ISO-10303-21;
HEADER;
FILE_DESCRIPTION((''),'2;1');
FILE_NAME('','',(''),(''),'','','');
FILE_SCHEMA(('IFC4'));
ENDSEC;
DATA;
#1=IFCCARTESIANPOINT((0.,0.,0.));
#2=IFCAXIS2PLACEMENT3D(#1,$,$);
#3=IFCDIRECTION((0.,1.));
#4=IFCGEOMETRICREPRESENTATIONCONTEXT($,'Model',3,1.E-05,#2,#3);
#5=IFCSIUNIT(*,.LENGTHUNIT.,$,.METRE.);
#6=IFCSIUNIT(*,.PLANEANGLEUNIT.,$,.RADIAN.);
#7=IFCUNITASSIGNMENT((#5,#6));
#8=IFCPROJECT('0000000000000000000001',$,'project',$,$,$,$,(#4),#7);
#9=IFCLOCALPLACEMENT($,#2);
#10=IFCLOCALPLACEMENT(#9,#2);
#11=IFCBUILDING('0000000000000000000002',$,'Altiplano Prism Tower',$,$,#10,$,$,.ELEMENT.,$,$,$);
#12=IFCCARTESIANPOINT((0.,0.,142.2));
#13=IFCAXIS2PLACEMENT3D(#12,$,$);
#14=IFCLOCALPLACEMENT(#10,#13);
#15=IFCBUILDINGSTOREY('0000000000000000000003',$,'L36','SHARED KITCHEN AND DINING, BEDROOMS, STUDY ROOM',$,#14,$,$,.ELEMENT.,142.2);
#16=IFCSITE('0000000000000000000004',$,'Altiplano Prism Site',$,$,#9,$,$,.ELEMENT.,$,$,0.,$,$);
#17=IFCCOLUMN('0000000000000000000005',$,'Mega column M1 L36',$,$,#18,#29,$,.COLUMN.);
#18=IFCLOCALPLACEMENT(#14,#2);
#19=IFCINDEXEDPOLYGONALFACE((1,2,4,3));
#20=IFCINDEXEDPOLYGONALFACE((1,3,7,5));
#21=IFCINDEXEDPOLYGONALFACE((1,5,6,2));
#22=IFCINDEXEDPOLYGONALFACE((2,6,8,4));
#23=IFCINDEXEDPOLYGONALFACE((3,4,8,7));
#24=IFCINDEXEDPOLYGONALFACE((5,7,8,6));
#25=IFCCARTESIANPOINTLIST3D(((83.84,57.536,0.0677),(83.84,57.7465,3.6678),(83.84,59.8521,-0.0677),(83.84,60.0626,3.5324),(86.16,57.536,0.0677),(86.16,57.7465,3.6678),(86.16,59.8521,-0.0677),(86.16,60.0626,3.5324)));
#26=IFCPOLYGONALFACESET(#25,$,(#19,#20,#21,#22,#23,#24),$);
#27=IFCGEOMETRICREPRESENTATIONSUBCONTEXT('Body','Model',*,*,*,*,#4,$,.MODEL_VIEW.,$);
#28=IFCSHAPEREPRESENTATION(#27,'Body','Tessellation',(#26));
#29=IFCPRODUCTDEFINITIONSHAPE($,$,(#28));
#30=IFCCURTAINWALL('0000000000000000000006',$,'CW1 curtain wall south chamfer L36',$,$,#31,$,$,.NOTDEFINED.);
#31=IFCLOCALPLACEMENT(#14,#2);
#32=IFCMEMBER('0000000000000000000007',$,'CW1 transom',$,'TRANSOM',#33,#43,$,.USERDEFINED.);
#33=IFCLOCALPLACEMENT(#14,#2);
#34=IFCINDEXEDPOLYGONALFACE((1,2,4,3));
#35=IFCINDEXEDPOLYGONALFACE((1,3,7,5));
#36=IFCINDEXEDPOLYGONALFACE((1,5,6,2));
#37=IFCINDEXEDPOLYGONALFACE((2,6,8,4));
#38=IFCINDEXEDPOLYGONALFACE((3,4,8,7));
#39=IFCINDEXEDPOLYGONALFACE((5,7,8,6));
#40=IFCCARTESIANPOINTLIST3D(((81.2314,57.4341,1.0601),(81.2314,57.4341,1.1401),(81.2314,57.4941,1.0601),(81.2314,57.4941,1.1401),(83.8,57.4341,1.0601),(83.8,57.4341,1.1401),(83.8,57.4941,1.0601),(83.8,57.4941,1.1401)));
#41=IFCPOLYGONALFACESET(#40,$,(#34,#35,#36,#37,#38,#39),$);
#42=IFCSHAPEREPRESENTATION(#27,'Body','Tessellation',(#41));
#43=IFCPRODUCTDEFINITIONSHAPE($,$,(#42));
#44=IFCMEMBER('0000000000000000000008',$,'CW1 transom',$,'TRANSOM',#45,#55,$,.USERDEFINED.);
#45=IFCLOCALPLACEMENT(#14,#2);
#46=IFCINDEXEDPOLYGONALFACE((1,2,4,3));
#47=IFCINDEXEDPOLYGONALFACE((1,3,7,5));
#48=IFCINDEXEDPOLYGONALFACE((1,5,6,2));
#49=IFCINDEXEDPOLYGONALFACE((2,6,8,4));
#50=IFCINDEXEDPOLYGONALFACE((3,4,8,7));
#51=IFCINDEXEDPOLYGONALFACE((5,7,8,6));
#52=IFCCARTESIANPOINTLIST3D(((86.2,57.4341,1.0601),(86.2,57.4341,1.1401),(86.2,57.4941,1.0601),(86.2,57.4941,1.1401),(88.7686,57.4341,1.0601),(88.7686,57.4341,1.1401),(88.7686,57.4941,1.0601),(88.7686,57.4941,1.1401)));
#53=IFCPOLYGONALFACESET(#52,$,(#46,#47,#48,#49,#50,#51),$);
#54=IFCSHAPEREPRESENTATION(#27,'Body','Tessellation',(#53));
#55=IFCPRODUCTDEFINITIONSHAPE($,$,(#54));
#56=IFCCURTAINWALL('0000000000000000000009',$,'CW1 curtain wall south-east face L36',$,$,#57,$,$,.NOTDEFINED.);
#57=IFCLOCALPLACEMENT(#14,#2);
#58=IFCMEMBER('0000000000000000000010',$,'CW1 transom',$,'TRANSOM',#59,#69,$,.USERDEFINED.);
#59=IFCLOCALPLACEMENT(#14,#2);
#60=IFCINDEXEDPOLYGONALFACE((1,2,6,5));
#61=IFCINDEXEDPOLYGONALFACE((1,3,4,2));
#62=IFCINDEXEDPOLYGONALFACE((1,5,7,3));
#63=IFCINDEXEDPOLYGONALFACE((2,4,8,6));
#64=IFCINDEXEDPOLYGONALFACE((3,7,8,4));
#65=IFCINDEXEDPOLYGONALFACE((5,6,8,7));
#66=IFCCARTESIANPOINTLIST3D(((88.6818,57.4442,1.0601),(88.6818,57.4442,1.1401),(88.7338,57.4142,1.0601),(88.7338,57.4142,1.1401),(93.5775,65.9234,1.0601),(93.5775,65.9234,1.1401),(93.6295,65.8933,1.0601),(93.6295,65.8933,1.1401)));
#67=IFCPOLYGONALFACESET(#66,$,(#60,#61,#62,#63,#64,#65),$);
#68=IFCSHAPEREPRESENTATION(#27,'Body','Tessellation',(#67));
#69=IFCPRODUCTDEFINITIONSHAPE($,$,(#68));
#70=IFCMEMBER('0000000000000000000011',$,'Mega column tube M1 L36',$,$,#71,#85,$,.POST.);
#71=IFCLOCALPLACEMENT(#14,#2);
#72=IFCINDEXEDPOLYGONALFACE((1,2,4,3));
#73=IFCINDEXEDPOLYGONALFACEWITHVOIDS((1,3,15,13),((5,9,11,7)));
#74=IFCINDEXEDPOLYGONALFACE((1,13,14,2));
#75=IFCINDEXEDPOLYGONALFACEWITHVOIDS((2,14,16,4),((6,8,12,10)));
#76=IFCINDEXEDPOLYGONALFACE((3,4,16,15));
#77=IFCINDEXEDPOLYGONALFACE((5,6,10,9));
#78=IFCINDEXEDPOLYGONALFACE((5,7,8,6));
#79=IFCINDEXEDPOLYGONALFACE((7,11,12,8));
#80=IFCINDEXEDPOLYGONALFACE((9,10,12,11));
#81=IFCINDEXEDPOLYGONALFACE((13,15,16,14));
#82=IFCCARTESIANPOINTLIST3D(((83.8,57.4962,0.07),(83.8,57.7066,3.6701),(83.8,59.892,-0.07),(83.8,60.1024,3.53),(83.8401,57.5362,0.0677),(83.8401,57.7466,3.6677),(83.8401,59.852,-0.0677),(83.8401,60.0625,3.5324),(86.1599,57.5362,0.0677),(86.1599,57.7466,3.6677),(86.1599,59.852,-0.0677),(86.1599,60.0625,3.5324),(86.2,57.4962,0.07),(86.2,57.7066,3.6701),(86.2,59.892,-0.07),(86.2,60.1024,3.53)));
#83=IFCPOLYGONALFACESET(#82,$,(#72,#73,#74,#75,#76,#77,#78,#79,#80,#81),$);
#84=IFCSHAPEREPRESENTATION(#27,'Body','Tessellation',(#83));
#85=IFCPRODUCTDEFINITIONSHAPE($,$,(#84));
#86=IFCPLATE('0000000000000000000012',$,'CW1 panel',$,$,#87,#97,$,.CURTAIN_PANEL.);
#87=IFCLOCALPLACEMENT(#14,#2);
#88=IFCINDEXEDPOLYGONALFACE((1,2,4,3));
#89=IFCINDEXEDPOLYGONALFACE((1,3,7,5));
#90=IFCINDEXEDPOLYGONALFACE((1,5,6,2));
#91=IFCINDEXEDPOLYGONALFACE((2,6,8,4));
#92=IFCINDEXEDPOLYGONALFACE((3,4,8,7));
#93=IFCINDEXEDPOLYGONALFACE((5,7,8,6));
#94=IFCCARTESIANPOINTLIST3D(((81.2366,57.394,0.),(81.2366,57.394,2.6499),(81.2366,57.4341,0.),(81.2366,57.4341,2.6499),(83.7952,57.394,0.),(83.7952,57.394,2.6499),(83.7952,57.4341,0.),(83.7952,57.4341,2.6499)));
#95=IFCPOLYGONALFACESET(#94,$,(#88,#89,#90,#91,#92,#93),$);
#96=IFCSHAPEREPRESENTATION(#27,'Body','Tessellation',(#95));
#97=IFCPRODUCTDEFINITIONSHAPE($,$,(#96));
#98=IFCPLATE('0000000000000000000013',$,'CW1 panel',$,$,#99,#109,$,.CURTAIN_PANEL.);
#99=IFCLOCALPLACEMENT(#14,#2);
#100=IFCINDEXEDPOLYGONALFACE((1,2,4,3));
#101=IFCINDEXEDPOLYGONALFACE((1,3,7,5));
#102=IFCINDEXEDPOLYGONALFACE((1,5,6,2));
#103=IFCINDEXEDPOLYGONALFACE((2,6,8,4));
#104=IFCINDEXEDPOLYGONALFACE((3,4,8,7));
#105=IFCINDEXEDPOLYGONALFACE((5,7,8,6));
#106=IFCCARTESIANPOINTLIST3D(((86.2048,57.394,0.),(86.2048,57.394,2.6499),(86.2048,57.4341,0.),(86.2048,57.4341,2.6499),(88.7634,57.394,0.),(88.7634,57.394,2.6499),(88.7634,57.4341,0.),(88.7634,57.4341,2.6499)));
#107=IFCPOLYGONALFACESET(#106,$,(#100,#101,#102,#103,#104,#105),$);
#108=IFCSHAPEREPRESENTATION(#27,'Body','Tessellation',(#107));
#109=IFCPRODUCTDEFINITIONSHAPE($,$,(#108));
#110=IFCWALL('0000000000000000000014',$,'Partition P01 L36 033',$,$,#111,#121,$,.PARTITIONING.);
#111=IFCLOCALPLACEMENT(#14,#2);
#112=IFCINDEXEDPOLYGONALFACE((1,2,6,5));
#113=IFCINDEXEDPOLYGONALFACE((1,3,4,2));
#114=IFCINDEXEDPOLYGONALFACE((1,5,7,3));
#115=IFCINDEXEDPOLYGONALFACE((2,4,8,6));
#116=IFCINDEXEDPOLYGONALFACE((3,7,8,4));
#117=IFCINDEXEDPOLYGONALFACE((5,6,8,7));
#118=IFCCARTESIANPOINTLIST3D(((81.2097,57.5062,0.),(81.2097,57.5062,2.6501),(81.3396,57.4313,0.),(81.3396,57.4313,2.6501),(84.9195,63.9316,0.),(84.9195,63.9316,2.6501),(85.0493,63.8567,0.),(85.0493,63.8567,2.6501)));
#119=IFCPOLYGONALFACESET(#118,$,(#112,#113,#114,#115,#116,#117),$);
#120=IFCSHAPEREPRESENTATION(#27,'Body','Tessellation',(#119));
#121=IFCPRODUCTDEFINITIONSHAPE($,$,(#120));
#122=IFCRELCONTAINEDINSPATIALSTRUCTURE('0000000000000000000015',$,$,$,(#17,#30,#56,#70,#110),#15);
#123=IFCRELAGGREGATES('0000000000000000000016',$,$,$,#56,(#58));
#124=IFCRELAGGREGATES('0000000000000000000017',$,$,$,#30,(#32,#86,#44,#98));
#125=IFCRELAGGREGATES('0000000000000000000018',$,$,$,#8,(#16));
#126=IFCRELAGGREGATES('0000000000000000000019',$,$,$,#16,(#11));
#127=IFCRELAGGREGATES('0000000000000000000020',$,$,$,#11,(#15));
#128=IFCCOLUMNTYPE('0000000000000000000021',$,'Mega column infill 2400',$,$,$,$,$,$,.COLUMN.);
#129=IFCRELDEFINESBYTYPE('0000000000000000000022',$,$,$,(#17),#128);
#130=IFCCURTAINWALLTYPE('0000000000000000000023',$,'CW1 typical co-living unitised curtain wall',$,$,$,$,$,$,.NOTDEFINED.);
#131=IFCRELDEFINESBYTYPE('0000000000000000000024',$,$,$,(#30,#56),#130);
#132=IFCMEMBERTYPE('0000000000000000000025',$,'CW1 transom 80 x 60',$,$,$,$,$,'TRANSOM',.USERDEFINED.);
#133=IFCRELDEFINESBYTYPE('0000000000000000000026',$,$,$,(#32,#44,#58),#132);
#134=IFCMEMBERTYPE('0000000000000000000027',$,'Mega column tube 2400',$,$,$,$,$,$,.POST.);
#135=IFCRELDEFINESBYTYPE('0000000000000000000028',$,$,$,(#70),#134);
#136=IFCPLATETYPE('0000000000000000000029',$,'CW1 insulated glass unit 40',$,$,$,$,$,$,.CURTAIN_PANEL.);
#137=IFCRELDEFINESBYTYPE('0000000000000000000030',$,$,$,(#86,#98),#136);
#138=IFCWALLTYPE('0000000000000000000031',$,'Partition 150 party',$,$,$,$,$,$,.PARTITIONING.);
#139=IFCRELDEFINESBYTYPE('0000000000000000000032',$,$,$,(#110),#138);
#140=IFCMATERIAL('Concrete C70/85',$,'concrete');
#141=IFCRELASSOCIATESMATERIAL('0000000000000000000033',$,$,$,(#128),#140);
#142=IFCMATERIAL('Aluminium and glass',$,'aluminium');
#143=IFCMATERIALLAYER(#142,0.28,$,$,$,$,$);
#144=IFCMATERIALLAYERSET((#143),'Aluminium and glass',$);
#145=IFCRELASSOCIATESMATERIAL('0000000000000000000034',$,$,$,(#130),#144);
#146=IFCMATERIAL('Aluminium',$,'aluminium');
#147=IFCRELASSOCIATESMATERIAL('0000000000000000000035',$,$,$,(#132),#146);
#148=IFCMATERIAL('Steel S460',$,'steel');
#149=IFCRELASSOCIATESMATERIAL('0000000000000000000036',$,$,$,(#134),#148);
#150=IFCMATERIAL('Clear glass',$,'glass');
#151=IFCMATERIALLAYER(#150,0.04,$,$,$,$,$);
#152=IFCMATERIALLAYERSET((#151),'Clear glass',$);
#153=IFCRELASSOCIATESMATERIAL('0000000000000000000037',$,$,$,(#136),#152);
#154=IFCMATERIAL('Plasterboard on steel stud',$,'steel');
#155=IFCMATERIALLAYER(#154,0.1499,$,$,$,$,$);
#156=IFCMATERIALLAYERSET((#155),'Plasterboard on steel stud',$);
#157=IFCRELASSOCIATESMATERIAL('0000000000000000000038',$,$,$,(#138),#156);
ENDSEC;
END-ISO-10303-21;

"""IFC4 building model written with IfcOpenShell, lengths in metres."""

from ifc_helpers import new_model, si_unit, direction, frame, frame_2d, origin, origin_2d, place, context, subcontext, project, spatial, rectangle, hollow_rectangle, extrude, material, layer, layer_set, material_profile, profile_set, type_object, element, aggregate, save


model = new_model("IFC4")

# Units and contexts
model_context = context("Model", 3, precision=1e-05, world=origin(), true_north=direction((0.0, 1.0)))
body_context = subcontext(model_context, "Body", "Model", "MODEL_VIEW")
ifc_project = project(units=[si_unit("LENGTHUNIT", "METRE"), si_unit("PLANEANGLEUNIT", "RADIAN")], contexts=[model_context])

# Site, building, storey
site_placement = place(None, origin())
site = spatial("IfcSite", under=ifc_project, at=site_placement, Name="Altiplano Prism Site", CompositionType="ELEMENT", RefElevation=0.0)
building_placement = place(site_placement, origin())
building = spatial("IfcBuilding", under=site, at=building_placement, Name="Altiplano Prism Tower", CompositionType="ELEMENT")
storey_placement = place(building_placement, frame((0.0, 0.0, 142.2)))
storey = spatial("IfcBuildingStorey", under=building, at=storey_placement, Name="L36", Description="SHARED KITCHEN AND DINING, BEDROOMS, STUDY ROOM", CompositionType="ELEMENT", Elevation=142.2)

# Column
ifc_material_1 = material(Name="Concrete C70/85", Category="concrete")
ifc_material_profile_1 = material_profile(ifc_material_1, rectangle(XDim=2.3201, YDim=2.3201, at=origin_2d()), Name="Mega column infill 2400")
ifc_profile_set_1 = profile_set([ifc_material_profile_1], Name="Concrete C70/85")
column_type = type_object("IfcColumnType", Name="Mega column infill 2400", PredefinedType="COLUMN", material=ifc_profile_set_1)
column_placement = place(storey_placement, frame((85.0, 58.6941, 0.0), z_axis=(0.0, 0.058357, 0.998296), x_axis=(-1.0, 0.0, 0.0)))
element("IfcColumn", 1, at=column_placement, inside=storey, type_object=column_type, Name="Mega column M1 L36", PredefinedType="COLUMN", context=body_context, shape_type="SweptSolid", body=[
    extrude(rectangle(XDim=2.3201, YDim=2.3201, at=origin_2d()), origin(), (0.0, 0.0, 1.0), 3.6062),
])

# Curtain wall, members
ifc_material_2 = material(Name="Aluminium and glass", Category="aluminium")
ifc_layer_1 = layer(ifc_material_2, 0.28)
ifc_layer_set_1 = layer_set([ifc_layer_1], Name="Aluminium and glass")
curtain_wall_type = type_object("IfcCurtainWallType", Name="CW1 typical co-living unitised curtain wall", PredefinedType="NOTDEFINED", material=ifc_layer_set_1)
curtain_wall_1_placement = place(storey_placement, origin())
curtain_wall_1 = element("IfcCurtainWall", 2, at=curtain_wall_1_placement, inside=storey, type_object=curtain_wall_type, Name="CW1 curtain wall south chamfer L36", PredefinedType="NOTDEFINED")
ifc_material_3 = material(Name="Aluminium", Category="aluminium")
ifc_material_profile_2 = material_profile(ifc_material_3, rectangle(XDim=0.0601, YDim=0.0801, at=origin_2d()), Name="CW1 transom 80 x 60")
ifc_profile_set_2 = profile_set([ifc_material_profile_2], Name="Aluminium")
member_type_1 = type_object("IfcMemberType", Name="CW1 transom 80 x 60", ElementType="TRANSOM", PredefinedType="USERDEFINED", material=ifc_profile_set_2)
member_1_placement = place(storey_placement, frame((81.2314, 57.4641, 1.1001), z_axis=(1.0, 0.0, 0.0), x_axis=(0.0, 1.0, 0.0)))
member_1 = element("IfcMember", 3, at=member_1_placement, type_object=member_type_1, Name="CW1 transom", ObjectType="TRANSOM", PredefinedType="USERDEFINED", context=body_context, shape_type="SweptSolid", body=[
    extrude(rectangle(XDim=0.0601, YDim=0.0801, at=origin_2d()), origin(), (0.0, 0.0, 1.0), 2.5686),
])
member_2_placement = place(storey_placement, frame((86.2, 57.4641, 1.1001), z_axis=(1.0, 0.0, 0.0), x_axis=(0.0, 1.0, 0.0)))
member_2 = element("IfcMember", 4, at=member_2_placement, type_object=member_type_1, Name="CW1 transom", ObjectType="TRANSOM", PredefinedType="USERDEFINED", context=body_context, shape_type="SweptSolid", body=[
    extrude(rectangle(XDim=0.0601, YDim=0.0801, at=origin_2d()), origin(), (0.0, 0.0, 1.0), 2.5686),
])

# Curtain wall, member
curtain_wall_2_placement = place(storey_placement, origin())
curtain_wall_2 = element("IfcCurtainWall", 5, at=curtain_wall_2_placement, inside=storey, type_object=curtain_wall_type, Name="CW1 curtain wall south-east face L36", PredefinedType="NOTDEFINED")
member_3_placement = place(storey_placement, frame((88.7078, 57.4292, 1.1001), z_axis=(0.50002, 0.866014, 0.0), x_axis=(-0.866014, 0.50002, 0.0)))
member_3 = element("IfcMember", 6, at=member_3_placement, type_object=member_type_1, Name="CW1 transom", ObjectType="TRANSOM", PredefinedType="USERDEFINED", context=body_context, shape_type="SweptSolid", body=[
    extrude(rectangle(XDim=0.0601, YDim=0.0801, at=origin_2d()), origin(), (0.0, 0.0, 1.0), 9.791),
])
aggregate(curtain_wall_2, [member_3])

# Member
ifc_material_4 = material(Name="Steel S460", Category="steel")
ifc_material_profile_3 = material_profile(ifc_material_4, hollow_rectangle(XDim=2.3999, YDim=2.3999, WallThickness=0.04, at=origin_2d()), Name="Mega column tube 2400")
ifc_profile_set_3 = profile_set([ifc_material_profile_3], Name="Steel S460")
member_type_2 = type_object("IfcMemberType", Name="Mega column tube 2400", PredefinedType="POST", material=ifc_profile_set_3)
member_4_placement = place(storey_placement, frame((85.0, 58.6941, 0.0), z_axis=(0.0, 0.058357, 0.998296), x_axis=(-1.0, 0.0, 0.0)))
element("IfcMember", 7, at=member_4_placement, inside=storey, type_object=member_type_2, Name="Mega column tube M1 L36", PredefinedType="POST", context=body_context, shape_type="SweptSolid", body=[
    extrude(hollow_rectangle(XDim=2.3999, YDim=2.3999, WallThickness=0.04, at=origin_2d()), origin(), (0.0, 0.0, 1.0), 3.6062),
])

# Plates
ifc_material_5 = material(Name="Clear glass", Category="glass")
ifc_layer_2 = layer(ifc_material_5, 0.04)
ifc_layer_set_2 = layer_set([ifc_layer_2], Name="Clear glass")
plate_type = type_object("IfcPlateType", Name="CW1 insulated glass unit 40", PredefinedType="CURTAIN_PANEL", material=ifc_layer_set_2)
plate_1_placement = place(storey_placement, frame((82.5159, 57.4141, 0.0), z_axis=(0.0, 0.0, 1.0), x_axis=(1.0, 0.0, 0.0)))
plate_1 = element("IfcPlate", 8, at=plate_1_placement, type_object=plate_type, Name="CW1 panel", PredefinedType="CURTAIN_PANEL", context=body_context, shape_type="SweptSolid", body=[
    extrude(rectangle(XDim=2.5586, YDim=0.04, at=origin_2d()), origin(), (0.0, 0.0, 1.0), 2.6499),
])
plate_2_placement = place(storey_placement, frame((87.4841, 57.4141, 0.0), z_axis=(0.0, 0.0, 1.0), x_axis=(1.0, 0.0, 0.0)))
plate_2 = element("IfcPlate", 9, at=plate_2_placement, type_object=plate_type, Name="CW1 panel", PredefinedType="CURTAIN_PANEL", context=body_context, shape_type="SweptSolid", body=[
    extrude(rectangle(XDim=2.5586, YDim=0.04, at=origin_2d()), origin(), (0.0, 0.0, 1.0), 2.6499),
])
aggregate(curtain_wall_1, [member_1, plate_1, member_2, plate_2])

# Wall
ifc_material_6 = material(Name="Plasterboard on steel stud", Category="steel")
ifc_layer_3 = layer(ifc_material_6, 0.1499)
ifc_layer_set_3 = layer_set([ifc_layer_3], Name="Plasterboard on steel stud")
wall_type = type_object("IfcWallType", Name="Partition 150 party", PredefinedType="PARTITIONING", material=ifc_layer_set_3)
wall_placement = place(storey_placement, frame((81.2747, 57.4688, 0.0), z_axis=(0.0, 0.0, 1.0), x_axis=(0.500007, 0.866021, 0.0)))
element("IfcWall", 10, at=wall_placement, inside=storey, type_object=wall_type, Name="Partition P01 L36 033", PredefinedType="PARTITIONING", context=body_context, shape_type="SweptSolid", body=[
    extrude(rectangle(XDim=7.4194, YDim=0.1499, at=frame_2d((3.7097, 0.0))), origin(), (0.0, 0.0, 1.0), 2.6501),
])

save(model, "model.ifc")
